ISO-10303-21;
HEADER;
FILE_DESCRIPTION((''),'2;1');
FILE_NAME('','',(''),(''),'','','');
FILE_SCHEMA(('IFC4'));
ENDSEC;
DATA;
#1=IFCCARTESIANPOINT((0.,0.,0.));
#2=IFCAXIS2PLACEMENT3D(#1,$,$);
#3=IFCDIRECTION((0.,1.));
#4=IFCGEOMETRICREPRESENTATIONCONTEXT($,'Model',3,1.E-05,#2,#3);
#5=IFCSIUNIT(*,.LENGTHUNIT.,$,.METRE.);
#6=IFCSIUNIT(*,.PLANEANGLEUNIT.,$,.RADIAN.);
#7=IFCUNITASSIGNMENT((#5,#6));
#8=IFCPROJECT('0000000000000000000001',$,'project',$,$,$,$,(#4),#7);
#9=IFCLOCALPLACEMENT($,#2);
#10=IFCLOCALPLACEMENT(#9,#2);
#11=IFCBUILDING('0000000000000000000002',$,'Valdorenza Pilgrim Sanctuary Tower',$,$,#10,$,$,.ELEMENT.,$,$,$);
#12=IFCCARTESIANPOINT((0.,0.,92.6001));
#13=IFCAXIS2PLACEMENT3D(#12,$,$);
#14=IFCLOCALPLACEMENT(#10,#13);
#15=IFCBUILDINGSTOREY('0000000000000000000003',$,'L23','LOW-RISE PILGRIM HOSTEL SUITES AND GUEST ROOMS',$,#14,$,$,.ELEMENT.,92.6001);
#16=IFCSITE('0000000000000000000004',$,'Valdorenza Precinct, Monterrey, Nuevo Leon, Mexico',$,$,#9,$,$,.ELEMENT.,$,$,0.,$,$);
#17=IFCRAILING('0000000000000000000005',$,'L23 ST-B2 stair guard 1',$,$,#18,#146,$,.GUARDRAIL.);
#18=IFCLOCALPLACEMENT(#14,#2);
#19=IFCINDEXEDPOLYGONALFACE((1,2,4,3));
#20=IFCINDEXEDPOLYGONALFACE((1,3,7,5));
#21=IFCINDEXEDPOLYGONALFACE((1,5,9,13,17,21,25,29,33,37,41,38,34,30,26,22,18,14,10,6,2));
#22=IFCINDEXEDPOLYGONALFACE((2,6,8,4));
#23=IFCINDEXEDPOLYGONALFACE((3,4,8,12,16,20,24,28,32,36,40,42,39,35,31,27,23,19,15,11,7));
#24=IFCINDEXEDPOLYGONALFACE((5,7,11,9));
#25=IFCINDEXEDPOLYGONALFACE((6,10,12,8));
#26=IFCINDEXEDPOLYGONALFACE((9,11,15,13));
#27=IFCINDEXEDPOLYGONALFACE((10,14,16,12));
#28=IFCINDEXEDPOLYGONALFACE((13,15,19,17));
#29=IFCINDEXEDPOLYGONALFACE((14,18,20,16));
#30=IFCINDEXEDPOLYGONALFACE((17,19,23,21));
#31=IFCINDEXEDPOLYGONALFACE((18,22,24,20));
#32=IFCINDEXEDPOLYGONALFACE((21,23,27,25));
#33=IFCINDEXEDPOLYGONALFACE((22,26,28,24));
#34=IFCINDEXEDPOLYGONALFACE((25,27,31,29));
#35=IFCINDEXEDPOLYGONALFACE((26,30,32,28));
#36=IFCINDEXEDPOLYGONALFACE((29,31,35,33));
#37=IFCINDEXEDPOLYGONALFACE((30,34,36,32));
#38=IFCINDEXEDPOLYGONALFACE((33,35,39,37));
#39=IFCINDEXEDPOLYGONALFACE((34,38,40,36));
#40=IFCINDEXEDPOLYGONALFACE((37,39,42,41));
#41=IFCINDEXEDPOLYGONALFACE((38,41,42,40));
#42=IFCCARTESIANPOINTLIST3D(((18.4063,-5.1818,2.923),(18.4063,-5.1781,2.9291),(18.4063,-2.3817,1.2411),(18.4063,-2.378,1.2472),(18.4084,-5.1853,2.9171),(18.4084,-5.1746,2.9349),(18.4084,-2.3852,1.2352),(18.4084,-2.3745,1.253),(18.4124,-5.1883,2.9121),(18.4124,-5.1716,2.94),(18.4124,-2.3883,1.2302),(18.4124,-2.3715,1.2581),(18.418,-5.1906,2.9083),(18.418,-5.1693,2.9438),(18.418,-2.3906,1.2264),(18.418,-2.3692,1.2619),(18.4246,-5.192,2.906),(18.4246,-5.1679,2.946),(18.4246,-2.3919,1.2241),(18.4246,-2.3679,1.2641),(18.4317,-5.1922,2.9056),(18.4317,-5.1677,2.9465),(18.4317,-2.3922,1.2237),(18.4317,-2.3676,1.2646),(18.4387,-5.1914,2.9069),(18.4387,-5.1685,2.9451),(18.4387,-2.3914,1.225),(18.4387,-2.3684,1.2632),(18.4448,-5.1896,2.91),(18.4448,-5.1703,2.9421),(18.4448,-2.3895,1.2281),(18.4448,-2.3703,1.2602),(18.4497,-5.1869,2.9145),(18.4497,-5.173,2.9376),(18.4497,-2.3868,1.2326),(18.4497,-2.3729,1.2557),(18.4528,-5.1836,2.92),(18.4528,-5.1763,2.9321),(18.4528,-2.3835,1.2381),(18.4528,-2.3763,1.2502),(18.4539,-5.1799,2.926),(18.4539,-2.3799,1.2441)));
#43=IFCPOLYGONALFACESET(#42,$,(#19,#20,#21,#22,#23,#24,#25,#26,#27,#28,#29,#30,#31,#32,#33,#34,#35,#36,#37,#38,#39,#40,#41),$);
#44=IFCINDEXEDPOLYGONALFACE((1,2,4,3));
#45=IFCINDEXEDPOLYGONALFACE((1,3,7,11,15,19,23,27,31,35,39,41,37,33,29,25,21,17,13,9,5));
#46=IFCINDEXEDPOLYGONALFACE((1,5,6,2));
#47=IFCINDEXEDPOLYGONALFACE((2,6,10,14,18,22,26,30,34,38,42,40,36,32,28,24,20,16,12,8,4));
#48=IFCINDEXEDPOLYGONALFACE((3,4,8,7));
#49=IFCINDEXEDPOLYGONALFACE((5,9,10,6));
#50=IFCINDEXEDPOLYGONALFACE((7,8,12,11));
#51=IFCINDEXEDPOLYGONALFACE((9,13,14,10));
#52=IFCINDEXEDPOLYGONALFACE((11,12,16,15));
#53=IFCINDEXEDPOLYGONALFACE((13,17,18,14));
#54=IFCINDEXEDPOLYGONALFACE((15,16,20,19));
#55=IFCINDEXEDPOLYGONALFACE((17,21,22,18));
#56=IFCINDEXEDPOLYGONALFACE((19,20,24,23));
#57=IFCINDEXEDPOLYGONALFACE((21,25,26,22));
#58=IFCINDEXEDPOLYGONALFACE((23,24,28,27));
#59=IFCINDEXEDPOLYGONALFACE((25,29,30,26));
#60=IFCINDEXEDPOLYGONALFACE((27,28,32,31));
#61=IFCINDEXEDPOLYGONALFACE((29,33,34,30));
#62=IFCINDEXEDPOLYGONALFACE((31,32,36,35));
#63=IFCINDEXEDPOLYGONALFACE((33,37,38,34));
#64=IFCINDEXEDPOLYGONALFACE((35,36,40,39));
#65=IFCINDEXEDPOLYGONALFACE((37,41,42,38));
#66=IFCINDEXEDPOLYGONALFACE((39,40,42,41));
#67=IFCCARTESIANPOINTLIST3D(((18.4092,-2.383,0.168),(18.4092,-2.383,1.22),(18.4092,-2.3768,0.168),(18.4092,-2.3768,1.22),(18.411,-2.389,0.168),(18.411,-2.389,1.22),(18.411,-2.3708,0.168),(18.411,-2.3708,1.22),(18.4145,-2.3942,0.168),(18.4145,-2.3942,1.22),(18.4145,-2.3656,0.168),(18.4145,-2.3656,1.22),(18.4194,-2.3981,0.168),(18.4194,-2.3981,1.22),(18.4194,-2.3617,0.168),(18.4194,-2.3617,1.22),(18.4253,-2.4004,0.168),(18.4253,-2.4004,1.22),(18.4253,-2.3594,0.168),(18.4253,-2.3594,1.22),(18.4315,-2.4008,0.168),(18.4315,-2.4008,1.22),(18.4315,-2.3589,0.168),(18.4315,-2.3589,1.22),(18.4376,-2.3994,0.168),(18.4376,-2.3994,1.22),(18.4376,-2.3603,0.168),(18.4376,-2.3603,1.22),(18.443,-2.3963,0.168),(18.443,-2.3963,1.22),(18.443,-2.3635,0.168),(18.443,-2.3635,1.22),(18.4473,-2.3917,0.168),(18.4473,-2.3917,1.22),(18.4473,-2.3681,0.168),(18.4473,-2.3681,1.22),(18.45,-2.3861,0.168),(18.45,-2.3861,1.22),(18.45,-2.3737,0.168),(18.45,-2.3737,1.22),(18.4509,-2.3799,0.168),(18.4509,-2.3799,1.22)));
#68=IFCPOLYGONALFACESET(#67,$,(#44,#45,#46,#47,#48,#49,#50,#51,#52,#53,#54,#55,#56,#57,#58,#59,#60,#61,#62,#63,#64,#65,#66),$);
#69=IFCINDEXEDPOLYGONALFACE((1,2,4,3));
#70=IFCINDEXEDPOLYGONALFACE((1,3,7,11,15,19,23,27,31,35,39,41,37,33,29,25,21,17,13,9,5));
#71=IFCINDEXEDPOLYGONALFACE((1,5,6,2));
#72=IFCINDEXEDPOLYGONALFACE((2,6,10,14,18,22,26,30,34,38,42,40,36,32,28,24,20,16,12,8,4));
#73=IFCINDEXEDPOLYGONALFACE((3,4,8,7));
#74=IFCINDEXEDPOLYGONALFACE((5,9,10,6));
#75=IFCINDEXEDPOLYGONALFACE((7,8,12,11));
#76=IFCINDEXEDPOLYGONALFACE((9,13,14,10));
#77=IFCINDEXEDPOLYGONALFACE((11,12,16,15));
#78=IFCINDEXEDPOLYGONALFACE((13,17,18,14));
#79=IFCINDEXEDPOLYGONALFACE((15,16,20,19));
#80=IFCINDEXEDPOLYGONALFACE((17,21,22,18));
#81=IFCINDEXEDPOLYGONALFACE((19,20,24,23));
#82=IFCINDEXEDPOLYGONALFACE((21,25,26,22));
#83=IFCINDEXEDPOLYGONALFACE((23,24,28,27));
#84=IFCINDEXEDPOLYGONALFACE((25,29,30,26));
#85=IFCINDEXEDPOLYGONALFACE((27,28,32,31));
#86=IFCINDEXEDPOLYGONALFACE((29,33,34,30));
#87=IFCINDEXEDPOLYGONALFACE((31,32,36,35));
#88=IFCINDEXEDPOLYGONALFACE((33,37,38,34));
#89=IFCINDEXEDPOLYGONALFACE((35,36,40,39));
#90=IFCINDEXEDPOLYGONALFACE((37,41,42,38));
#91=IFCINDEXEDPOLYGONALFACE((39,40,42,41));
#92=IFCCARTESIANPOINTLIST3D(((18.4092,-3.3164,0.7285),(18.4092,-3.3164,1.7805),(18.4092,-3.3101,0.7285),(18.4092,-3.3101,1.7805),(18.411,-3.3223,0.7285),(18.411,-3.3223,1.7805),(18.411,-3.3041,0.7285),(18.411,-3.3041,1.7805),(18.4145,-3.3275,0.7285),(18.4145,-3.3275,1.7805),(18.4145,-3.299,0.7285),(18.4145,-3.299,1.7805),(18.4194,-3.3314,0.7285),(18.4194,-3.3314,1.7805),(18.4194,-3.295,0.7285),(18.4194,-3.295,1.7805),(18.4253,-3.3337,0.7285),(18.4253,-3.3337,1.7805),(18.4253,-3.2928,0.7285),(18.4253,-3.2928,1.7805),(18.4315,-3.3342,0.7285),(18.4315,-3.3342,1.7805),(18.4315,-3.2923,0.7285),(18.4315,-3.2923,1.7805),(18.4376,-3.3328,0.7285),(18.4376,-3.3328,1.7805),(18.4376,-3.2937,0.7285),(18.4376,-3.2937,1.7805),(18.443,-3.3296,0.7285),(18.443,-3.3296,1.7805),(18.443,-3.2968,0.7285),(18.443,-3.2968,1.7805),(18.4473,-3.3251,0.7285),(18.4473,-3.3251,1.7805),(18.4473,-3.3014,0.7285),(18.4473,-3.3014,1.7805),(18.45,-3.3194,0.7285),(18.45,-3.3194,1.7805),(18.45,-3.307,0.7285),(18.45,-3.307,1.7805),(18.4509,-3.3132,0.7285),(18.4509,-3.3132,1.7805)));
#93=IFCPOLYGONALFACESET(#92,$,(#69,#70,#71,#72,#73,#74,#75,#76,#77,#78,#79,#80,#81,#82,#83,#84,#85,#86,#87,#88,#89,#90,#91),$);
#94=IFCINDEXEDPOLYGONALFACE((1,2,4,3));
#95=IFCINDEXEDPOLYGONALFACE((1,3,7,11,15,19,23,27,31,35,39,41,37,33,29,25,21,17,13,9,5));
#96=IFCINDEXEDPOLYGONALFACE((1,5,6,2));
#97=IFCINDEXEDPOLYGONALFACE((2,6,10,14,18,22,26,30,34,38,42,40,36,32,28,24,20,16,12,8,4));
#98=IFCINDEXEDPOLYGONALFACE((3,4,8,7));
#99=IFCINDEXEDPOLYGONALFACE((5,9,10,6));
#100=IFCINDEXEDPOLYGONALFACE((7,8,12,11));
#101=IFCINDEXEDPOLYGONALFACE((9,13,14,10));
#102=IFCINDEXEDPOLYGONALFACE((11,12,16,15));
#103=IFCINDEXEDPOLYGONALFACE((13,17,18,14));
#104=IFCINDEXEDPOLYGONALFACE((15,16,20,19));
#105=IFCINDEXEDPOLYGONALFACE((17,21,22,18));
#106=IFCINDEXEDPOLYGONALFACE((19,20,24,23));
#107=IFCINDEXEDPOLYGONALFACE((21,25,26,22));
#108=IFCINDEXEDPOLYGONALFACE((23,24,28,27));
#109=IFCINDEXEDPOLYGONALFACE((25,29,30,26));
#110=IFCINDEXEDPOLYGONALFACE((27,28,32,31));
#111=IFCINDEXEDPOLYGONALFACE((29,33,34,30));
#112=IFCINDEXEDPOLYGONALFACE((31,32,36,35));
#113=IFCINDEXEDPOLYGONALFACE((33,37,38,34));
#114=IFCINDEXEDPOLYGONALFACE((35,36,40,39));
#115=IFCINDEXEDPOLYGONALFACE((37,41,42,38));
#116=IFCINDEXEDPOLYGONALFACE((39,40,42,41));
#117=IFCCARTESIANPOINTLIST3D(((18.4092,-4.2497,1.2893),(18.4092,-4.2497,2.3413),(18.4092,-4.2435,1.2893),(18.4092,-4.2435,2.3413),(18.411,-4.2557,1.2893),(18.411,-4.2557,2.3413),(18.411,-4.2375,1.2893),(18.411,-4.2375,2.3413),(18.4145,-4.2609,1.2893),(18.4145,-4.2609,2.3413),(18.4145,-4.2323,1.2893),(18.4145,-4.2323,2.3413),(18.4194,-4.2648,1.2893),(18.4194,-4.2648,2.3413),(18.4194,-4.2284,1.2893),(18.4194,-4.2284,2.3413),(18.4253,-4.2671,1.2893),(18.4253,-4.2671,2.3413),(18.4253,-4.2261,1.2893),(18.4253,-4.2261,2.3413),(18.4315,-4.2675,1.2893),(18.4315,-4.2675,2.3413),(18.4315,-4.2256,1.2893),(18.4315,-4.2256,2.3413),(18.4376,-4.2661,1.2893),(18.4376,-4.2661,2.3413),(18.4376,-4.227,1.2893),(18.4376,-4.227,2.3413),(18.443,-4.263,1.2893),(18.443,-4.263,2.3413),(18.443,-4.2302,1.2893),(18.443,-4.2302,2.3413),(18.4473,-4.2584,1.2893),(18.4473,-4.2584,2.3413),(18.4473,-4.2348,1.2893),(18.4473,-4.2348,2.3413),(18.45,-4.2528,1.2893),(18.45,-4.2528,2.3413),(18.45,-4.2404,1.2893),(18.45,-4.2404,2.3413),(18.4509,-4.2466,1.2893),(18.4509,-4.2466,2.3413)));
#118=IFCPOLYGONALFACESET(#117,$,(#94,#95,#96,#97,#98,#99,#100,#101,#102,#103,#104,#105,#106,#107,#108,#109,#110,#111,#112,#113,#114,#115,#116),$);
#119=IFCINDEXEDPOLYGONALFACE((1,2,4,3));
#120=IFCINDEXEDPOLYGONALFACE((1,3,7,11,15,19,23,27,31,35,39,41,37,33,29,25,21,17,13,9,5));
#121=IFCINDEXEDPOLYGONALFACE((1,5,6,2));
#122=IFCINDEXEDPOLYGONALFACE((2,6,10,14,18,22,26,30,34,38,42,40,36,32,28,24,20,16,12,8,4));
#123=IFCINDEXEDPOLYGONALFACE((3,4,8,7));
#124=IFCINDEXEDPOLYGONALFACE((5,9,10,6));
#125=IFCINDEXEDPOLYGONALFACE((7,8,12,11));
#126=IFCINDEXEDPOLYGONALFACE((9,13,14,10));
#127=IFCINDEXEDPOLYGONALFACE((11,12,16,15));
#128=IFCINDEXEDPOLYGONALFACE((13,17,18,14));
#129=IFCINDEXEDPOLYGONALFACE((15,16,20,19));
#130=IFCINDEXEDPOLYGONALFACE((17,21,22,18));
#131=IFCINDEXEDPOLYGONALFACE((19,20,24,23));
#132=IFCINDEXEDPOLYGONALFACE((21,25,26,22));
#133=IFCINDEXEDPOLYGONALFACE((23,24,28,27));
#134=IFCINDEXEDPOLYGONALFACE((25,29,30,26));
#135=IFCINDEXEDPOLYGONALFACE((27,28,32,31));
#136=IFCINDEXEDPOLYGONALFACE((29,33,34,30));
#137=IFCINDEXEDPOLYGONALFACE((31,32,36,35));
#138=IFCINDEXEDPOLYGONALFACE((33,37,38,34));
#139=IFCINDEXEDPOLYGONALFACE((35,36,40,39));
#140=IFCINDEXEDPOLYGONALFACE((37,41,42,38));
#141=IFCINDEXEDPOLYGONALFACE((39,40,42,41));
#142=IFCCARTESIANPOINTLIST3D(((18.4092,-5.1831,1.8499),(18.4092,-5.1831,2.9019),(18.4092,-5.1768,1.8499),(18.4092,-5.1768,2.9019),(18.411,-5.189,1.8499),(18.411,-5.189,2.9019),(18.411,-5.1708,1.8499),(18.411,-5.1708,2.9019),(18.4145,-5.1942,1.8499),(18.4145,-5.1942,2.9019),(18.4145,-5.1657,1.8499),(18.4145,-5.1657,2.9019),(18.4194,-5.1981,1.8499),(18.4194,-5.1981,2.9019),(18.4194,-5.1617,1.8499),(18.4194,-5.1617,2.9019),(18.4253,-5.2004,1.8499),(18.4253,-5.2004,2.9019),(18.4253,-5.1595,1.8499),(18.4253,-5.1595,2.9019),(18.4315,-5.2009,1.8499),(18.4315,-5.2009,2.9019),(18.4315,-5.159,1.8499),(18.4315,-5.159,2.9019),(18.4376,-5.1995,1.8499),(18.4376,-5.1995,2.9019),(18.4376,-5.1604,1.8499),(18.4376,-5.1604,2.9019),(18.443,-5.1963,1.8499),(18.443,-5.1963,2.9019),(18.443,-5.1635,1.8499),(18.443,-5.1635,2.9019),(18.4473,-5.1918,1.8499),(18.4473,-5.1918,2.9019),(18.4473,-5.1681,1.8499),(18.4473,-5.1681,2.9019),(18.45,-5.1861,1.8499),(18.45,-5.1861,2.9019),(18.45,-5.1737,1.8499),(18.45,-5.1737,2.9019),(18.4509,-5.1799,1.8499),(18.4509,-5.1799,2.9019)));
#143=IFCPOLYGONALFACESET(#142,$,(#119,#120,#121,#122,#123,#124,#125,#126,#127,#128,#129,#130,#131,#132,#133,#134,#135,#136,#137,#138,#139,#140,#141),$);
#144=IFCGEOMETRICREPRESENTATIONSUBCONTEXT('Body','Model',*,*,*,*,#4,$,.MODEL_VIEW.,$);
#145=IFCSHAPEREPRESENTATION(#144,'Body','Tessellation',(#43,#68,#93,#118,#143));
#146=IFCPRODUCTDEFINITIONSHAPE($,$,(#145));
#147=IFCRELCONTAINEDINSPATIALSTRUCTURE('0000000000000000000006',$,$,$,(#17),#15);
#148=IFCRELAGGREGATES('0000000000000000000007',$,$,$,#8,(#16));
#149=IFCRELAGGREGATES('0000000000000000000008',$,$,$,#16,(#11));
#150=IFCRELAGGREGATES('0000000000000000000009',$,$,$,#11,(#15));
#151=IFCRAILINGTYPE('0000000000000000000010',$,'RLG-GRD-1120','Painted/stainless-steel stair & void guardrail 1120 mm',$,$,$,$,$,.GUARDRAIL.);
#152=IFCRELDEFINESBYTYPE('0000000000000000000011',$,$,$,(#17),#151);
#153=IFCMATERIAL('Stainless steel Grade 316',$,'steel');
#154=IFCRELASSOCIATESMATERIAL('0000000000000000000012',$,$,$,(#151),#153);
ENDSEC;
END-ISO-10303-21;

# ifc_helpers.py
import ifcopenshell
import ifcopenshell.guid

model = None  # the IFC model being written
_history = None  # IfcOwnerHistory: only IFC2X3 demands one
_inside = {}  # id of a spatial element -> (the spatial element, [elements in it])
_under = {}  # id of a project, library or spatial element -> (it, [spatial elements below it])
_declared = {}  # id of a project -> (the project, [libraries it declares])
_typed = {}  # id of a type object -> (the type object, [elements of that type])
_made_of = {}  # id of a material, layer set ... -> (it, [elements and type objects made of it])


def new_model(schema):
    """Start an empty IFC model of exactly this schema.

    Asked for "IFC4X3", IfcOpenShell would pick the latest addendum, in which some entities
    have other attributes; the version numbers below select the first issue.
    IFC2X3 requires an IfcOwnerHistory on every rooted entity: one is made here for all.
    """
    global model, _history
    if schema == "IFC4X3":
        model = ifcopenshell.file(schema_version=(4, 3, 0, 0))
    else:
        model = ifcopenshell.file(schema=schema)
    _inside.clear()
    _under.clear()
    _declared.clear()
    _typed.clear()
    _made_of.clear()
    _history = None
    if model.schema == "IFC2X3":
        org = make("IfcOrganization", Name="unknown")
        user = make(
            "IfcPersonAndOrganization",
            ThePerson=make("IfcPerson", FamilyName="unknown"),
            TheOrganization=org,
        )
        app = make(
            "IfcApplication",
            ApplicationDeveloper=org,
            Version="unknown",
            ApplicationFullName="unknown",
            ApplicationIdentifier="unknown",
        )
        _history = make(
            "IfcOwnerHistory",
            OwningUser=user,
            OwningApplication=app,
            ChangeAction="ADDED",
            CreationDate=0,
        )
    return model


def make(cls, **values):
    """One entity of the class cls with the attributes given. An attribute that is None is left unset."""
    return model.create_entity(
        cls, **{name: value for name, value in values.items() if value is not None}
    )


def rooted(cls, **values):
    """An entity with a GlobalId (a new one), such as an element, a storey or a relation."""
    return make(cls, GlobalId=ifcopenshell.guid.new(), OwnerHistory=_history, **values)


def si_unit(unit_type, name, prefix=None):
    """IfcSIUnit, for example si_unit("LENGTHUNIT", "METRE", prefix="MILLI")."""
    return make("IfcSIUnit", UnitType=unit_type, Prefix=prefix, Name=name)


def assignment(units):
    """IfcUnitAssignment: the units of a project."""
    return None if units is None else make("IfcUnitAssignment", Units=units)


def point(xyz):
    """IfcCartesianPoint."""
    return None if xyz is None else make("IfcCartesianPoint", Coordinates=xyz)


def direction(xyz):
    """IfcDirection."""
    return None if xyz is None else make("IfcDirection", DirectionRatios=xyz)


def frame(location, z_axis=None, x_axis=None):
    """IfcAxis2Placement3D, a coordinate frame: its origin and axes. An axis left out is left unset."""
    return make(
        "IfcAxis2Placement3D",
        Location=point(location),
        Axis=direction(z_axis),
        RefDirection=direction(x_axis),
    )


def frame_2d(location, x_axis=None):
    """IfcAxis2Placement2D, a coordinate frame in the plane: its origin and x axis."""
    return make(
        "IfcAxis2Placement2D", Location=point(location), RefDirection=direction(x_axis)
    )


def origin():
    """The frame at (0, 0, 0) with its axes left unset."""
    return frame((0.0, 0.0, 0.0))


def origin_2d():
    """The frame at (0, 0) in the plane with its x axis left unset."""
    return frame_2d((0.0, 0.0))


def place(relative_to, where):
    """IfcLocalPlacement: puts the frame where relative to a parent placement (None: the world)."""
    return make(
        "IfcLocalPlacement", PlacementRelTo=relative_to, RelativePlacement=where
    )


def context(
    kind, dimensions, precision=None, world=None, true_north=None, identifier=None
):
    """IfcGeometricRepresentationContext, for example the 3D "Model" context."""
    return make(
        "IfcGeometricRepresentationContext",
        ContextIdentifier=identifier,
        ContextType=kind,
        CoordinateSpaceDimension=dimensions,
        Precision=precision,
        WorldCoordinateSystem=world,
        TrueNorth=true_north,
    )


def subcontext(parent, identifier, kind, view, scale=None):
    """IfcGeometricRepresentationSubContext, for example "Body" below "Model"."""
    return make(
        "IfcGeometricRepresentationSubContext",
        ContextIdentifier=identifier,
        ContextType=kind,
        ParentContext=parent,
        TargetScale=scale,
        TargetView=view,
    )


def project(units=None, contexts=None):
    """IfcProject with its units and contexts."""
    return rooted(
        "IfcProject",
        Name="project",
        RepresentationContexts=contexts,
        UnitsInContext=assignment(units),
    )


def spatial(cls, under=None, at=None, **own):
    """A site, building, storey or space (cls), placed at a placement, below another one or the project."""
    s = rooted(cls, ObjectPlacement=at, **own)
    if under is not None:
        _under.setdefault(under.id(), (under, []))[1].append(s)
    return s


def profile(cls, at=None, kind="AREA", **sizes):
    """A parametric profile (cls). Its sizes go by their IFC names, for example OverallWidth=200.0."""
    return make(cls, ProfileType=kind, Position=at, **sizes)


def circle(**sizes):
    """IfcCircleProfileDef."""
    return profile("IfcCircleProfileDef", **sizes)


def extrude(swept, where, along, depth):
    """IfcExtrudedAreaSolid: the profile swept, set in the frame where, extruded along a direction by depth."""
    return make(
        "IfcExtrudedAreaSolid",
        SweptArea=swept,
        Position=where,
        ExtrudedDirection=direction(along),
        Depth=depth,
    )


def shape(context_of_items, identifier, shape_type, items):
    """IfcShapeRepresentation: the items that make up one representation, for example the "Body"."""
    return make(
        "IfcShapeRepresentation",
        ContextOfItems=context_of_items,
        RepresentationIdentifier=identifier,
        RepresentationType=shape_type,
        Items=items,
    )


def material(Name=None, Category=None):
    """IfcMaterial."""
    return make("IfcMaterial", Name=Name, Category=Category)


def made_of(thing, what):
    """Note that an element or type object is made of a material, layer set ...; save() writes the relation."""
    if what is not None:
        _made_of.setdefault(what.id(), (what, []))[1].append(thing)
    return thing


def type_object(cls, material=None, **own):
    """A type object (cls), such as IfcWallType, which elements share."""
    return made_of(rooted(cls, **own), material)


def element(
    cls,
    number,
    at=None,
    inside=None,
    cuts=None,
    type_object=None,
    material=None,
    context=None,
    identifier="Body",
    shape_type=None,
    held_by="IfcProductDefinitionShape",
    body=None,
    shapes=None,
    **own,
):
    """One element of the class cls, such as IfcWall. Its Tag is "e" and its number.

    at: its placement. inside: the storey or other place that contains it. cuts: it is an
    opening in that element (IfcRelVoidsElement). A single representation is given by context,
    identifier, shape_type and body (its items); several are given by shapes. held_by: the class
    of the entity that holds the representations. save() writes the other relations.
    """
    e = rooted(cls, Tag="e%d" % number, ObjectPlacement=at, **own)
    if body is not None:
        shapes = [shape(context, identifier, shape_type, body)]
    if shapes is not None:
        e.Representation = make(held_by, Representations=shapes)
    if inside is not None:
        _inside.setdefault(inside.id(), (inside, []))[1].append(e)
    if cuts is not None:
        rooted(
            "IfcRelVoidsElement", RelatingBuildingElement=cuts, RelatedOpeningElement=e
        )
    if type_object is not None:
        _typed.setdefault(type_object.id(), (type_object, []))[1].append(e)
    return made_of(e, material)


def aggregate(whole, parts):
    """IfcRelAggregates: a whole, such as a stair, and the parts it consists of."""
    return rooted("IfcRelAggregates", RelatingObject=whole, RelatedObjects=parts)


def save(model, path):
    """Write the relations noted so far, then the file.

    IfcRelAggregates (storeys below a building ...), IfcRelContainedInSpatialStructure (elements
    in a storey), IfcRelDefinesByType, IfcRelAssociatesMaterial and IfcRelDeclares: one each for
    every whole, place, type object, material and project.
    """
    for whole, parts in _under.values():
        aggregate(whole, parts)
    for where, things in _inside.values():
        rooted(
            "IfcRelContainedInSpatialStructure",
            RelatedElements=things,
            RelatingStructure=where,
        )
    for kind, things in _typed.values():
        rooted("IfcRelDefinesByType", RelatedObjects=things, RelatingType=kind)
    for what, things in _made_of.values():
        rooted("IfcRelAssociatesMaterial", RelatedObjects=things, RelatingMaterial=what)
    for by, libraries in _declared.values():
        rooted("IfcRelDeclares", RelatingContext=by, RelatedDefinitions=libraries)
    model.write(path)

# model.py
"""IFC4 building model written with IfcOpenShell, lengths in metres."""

from ifc_helpers import new_model, si_unit, direction, frame, origin, origin_2d, place, context, subcontext, project, spatial, circle, extrude, material, type_object, element, save


model = new_model("IFC4")

# Units and contexts
model_context = context("Model", 3, precision=1e-05, world=origin(), true_north=direction((0.0, 1.0)))
body_context = subcontext(model_context, "Body", "Model", "MODEL_VIEW")
ifc_project = project(units=[si_unit("LENGTHUNIT", "METRE"), si_unit("PLANEANGLEUNIT", "RADIAN")], contexts=[model_context])

# Site, building, storey
site_placement = place(None, origin())
site = spatial("IfcSite", under=ifc_project, at=site_placement, Name="Valdorenza Precinct, Monterrey, Nuevo Leon, Mexico", CompositionType="ELEMENT", RefElevation=0.0)
building_placement = place(site_placement, origin())
building = spatial("IfcBuilding", under=site, at=building_placement, Name="Valdorenza Pilgrim Sanctuary Tower", CompositionType="ELEMENT")
storey_placement = place(building_placement, frame((0.0, 0.0, 92.6001)))
storey = spatial("IfcBuildingStorey", under=building, at=storey_placement, Name="L23", Description="LOW-RISE PILGRIM HOSTEL SUITES AND GUEST ROOMS", CompositionType="ELEMENT", Elevation=92.6001)

# Railing
ifc_material_1 = material(Name="Stainless steel Grade 316", Category="steel")
railing_type_1 = type_object("IfcRailingType", Name="RLG-GRD-1120", Description="Painted/stainless-steel stair & void guardrail 1120 mm", PredefinedType="GUARDRAIL", material=ifc_material_1)
railing_1_placement = place(storey_placement, frame((18.4299, -2.3799, 0.168)))
element("IfcRailing", 1, at=railing_1_placement, inside=storey, type_object=railing_type_1, Name="L23 ST-B2 stair guard 1", PredefinedType="GUARDRAIL", context=body_context, shape_type="SweptSolid", body=[
    extrude(circle(Radius=0.0239, at=origin_2d()), frame((0.0, 0.0, 1.0762), z_axis=(0.0, -0.857242, 0.514913), x_axis=(1.0, 0.0, 0.0)), (0.0, 0.0, 1.0), 3.2664),
    extrude(circle(Radius=0.021, at=origin_2d()), origin(), (0.0, 0.0, 1.0), 1.052),
    extrude(circle(Radius=0.021, at=origin_2d()), frame((0.0, -0.9333, 0.5605)), (0.0, 0.0, 1.0), 1.052),
    extrude(circle(Radius=0.021, at=origin_2d()), frame((0.0, -1.8667, 1.1213)), (0.0, 0.0, 1.0), 1.052),
    extrude(circle(Radius=0.021, at=origin_2d()), frame((0.0, -2.8, 1.6819)), (0.0, 0.0, 1.0), 1.052),
])

save(model, "model.ifc")
